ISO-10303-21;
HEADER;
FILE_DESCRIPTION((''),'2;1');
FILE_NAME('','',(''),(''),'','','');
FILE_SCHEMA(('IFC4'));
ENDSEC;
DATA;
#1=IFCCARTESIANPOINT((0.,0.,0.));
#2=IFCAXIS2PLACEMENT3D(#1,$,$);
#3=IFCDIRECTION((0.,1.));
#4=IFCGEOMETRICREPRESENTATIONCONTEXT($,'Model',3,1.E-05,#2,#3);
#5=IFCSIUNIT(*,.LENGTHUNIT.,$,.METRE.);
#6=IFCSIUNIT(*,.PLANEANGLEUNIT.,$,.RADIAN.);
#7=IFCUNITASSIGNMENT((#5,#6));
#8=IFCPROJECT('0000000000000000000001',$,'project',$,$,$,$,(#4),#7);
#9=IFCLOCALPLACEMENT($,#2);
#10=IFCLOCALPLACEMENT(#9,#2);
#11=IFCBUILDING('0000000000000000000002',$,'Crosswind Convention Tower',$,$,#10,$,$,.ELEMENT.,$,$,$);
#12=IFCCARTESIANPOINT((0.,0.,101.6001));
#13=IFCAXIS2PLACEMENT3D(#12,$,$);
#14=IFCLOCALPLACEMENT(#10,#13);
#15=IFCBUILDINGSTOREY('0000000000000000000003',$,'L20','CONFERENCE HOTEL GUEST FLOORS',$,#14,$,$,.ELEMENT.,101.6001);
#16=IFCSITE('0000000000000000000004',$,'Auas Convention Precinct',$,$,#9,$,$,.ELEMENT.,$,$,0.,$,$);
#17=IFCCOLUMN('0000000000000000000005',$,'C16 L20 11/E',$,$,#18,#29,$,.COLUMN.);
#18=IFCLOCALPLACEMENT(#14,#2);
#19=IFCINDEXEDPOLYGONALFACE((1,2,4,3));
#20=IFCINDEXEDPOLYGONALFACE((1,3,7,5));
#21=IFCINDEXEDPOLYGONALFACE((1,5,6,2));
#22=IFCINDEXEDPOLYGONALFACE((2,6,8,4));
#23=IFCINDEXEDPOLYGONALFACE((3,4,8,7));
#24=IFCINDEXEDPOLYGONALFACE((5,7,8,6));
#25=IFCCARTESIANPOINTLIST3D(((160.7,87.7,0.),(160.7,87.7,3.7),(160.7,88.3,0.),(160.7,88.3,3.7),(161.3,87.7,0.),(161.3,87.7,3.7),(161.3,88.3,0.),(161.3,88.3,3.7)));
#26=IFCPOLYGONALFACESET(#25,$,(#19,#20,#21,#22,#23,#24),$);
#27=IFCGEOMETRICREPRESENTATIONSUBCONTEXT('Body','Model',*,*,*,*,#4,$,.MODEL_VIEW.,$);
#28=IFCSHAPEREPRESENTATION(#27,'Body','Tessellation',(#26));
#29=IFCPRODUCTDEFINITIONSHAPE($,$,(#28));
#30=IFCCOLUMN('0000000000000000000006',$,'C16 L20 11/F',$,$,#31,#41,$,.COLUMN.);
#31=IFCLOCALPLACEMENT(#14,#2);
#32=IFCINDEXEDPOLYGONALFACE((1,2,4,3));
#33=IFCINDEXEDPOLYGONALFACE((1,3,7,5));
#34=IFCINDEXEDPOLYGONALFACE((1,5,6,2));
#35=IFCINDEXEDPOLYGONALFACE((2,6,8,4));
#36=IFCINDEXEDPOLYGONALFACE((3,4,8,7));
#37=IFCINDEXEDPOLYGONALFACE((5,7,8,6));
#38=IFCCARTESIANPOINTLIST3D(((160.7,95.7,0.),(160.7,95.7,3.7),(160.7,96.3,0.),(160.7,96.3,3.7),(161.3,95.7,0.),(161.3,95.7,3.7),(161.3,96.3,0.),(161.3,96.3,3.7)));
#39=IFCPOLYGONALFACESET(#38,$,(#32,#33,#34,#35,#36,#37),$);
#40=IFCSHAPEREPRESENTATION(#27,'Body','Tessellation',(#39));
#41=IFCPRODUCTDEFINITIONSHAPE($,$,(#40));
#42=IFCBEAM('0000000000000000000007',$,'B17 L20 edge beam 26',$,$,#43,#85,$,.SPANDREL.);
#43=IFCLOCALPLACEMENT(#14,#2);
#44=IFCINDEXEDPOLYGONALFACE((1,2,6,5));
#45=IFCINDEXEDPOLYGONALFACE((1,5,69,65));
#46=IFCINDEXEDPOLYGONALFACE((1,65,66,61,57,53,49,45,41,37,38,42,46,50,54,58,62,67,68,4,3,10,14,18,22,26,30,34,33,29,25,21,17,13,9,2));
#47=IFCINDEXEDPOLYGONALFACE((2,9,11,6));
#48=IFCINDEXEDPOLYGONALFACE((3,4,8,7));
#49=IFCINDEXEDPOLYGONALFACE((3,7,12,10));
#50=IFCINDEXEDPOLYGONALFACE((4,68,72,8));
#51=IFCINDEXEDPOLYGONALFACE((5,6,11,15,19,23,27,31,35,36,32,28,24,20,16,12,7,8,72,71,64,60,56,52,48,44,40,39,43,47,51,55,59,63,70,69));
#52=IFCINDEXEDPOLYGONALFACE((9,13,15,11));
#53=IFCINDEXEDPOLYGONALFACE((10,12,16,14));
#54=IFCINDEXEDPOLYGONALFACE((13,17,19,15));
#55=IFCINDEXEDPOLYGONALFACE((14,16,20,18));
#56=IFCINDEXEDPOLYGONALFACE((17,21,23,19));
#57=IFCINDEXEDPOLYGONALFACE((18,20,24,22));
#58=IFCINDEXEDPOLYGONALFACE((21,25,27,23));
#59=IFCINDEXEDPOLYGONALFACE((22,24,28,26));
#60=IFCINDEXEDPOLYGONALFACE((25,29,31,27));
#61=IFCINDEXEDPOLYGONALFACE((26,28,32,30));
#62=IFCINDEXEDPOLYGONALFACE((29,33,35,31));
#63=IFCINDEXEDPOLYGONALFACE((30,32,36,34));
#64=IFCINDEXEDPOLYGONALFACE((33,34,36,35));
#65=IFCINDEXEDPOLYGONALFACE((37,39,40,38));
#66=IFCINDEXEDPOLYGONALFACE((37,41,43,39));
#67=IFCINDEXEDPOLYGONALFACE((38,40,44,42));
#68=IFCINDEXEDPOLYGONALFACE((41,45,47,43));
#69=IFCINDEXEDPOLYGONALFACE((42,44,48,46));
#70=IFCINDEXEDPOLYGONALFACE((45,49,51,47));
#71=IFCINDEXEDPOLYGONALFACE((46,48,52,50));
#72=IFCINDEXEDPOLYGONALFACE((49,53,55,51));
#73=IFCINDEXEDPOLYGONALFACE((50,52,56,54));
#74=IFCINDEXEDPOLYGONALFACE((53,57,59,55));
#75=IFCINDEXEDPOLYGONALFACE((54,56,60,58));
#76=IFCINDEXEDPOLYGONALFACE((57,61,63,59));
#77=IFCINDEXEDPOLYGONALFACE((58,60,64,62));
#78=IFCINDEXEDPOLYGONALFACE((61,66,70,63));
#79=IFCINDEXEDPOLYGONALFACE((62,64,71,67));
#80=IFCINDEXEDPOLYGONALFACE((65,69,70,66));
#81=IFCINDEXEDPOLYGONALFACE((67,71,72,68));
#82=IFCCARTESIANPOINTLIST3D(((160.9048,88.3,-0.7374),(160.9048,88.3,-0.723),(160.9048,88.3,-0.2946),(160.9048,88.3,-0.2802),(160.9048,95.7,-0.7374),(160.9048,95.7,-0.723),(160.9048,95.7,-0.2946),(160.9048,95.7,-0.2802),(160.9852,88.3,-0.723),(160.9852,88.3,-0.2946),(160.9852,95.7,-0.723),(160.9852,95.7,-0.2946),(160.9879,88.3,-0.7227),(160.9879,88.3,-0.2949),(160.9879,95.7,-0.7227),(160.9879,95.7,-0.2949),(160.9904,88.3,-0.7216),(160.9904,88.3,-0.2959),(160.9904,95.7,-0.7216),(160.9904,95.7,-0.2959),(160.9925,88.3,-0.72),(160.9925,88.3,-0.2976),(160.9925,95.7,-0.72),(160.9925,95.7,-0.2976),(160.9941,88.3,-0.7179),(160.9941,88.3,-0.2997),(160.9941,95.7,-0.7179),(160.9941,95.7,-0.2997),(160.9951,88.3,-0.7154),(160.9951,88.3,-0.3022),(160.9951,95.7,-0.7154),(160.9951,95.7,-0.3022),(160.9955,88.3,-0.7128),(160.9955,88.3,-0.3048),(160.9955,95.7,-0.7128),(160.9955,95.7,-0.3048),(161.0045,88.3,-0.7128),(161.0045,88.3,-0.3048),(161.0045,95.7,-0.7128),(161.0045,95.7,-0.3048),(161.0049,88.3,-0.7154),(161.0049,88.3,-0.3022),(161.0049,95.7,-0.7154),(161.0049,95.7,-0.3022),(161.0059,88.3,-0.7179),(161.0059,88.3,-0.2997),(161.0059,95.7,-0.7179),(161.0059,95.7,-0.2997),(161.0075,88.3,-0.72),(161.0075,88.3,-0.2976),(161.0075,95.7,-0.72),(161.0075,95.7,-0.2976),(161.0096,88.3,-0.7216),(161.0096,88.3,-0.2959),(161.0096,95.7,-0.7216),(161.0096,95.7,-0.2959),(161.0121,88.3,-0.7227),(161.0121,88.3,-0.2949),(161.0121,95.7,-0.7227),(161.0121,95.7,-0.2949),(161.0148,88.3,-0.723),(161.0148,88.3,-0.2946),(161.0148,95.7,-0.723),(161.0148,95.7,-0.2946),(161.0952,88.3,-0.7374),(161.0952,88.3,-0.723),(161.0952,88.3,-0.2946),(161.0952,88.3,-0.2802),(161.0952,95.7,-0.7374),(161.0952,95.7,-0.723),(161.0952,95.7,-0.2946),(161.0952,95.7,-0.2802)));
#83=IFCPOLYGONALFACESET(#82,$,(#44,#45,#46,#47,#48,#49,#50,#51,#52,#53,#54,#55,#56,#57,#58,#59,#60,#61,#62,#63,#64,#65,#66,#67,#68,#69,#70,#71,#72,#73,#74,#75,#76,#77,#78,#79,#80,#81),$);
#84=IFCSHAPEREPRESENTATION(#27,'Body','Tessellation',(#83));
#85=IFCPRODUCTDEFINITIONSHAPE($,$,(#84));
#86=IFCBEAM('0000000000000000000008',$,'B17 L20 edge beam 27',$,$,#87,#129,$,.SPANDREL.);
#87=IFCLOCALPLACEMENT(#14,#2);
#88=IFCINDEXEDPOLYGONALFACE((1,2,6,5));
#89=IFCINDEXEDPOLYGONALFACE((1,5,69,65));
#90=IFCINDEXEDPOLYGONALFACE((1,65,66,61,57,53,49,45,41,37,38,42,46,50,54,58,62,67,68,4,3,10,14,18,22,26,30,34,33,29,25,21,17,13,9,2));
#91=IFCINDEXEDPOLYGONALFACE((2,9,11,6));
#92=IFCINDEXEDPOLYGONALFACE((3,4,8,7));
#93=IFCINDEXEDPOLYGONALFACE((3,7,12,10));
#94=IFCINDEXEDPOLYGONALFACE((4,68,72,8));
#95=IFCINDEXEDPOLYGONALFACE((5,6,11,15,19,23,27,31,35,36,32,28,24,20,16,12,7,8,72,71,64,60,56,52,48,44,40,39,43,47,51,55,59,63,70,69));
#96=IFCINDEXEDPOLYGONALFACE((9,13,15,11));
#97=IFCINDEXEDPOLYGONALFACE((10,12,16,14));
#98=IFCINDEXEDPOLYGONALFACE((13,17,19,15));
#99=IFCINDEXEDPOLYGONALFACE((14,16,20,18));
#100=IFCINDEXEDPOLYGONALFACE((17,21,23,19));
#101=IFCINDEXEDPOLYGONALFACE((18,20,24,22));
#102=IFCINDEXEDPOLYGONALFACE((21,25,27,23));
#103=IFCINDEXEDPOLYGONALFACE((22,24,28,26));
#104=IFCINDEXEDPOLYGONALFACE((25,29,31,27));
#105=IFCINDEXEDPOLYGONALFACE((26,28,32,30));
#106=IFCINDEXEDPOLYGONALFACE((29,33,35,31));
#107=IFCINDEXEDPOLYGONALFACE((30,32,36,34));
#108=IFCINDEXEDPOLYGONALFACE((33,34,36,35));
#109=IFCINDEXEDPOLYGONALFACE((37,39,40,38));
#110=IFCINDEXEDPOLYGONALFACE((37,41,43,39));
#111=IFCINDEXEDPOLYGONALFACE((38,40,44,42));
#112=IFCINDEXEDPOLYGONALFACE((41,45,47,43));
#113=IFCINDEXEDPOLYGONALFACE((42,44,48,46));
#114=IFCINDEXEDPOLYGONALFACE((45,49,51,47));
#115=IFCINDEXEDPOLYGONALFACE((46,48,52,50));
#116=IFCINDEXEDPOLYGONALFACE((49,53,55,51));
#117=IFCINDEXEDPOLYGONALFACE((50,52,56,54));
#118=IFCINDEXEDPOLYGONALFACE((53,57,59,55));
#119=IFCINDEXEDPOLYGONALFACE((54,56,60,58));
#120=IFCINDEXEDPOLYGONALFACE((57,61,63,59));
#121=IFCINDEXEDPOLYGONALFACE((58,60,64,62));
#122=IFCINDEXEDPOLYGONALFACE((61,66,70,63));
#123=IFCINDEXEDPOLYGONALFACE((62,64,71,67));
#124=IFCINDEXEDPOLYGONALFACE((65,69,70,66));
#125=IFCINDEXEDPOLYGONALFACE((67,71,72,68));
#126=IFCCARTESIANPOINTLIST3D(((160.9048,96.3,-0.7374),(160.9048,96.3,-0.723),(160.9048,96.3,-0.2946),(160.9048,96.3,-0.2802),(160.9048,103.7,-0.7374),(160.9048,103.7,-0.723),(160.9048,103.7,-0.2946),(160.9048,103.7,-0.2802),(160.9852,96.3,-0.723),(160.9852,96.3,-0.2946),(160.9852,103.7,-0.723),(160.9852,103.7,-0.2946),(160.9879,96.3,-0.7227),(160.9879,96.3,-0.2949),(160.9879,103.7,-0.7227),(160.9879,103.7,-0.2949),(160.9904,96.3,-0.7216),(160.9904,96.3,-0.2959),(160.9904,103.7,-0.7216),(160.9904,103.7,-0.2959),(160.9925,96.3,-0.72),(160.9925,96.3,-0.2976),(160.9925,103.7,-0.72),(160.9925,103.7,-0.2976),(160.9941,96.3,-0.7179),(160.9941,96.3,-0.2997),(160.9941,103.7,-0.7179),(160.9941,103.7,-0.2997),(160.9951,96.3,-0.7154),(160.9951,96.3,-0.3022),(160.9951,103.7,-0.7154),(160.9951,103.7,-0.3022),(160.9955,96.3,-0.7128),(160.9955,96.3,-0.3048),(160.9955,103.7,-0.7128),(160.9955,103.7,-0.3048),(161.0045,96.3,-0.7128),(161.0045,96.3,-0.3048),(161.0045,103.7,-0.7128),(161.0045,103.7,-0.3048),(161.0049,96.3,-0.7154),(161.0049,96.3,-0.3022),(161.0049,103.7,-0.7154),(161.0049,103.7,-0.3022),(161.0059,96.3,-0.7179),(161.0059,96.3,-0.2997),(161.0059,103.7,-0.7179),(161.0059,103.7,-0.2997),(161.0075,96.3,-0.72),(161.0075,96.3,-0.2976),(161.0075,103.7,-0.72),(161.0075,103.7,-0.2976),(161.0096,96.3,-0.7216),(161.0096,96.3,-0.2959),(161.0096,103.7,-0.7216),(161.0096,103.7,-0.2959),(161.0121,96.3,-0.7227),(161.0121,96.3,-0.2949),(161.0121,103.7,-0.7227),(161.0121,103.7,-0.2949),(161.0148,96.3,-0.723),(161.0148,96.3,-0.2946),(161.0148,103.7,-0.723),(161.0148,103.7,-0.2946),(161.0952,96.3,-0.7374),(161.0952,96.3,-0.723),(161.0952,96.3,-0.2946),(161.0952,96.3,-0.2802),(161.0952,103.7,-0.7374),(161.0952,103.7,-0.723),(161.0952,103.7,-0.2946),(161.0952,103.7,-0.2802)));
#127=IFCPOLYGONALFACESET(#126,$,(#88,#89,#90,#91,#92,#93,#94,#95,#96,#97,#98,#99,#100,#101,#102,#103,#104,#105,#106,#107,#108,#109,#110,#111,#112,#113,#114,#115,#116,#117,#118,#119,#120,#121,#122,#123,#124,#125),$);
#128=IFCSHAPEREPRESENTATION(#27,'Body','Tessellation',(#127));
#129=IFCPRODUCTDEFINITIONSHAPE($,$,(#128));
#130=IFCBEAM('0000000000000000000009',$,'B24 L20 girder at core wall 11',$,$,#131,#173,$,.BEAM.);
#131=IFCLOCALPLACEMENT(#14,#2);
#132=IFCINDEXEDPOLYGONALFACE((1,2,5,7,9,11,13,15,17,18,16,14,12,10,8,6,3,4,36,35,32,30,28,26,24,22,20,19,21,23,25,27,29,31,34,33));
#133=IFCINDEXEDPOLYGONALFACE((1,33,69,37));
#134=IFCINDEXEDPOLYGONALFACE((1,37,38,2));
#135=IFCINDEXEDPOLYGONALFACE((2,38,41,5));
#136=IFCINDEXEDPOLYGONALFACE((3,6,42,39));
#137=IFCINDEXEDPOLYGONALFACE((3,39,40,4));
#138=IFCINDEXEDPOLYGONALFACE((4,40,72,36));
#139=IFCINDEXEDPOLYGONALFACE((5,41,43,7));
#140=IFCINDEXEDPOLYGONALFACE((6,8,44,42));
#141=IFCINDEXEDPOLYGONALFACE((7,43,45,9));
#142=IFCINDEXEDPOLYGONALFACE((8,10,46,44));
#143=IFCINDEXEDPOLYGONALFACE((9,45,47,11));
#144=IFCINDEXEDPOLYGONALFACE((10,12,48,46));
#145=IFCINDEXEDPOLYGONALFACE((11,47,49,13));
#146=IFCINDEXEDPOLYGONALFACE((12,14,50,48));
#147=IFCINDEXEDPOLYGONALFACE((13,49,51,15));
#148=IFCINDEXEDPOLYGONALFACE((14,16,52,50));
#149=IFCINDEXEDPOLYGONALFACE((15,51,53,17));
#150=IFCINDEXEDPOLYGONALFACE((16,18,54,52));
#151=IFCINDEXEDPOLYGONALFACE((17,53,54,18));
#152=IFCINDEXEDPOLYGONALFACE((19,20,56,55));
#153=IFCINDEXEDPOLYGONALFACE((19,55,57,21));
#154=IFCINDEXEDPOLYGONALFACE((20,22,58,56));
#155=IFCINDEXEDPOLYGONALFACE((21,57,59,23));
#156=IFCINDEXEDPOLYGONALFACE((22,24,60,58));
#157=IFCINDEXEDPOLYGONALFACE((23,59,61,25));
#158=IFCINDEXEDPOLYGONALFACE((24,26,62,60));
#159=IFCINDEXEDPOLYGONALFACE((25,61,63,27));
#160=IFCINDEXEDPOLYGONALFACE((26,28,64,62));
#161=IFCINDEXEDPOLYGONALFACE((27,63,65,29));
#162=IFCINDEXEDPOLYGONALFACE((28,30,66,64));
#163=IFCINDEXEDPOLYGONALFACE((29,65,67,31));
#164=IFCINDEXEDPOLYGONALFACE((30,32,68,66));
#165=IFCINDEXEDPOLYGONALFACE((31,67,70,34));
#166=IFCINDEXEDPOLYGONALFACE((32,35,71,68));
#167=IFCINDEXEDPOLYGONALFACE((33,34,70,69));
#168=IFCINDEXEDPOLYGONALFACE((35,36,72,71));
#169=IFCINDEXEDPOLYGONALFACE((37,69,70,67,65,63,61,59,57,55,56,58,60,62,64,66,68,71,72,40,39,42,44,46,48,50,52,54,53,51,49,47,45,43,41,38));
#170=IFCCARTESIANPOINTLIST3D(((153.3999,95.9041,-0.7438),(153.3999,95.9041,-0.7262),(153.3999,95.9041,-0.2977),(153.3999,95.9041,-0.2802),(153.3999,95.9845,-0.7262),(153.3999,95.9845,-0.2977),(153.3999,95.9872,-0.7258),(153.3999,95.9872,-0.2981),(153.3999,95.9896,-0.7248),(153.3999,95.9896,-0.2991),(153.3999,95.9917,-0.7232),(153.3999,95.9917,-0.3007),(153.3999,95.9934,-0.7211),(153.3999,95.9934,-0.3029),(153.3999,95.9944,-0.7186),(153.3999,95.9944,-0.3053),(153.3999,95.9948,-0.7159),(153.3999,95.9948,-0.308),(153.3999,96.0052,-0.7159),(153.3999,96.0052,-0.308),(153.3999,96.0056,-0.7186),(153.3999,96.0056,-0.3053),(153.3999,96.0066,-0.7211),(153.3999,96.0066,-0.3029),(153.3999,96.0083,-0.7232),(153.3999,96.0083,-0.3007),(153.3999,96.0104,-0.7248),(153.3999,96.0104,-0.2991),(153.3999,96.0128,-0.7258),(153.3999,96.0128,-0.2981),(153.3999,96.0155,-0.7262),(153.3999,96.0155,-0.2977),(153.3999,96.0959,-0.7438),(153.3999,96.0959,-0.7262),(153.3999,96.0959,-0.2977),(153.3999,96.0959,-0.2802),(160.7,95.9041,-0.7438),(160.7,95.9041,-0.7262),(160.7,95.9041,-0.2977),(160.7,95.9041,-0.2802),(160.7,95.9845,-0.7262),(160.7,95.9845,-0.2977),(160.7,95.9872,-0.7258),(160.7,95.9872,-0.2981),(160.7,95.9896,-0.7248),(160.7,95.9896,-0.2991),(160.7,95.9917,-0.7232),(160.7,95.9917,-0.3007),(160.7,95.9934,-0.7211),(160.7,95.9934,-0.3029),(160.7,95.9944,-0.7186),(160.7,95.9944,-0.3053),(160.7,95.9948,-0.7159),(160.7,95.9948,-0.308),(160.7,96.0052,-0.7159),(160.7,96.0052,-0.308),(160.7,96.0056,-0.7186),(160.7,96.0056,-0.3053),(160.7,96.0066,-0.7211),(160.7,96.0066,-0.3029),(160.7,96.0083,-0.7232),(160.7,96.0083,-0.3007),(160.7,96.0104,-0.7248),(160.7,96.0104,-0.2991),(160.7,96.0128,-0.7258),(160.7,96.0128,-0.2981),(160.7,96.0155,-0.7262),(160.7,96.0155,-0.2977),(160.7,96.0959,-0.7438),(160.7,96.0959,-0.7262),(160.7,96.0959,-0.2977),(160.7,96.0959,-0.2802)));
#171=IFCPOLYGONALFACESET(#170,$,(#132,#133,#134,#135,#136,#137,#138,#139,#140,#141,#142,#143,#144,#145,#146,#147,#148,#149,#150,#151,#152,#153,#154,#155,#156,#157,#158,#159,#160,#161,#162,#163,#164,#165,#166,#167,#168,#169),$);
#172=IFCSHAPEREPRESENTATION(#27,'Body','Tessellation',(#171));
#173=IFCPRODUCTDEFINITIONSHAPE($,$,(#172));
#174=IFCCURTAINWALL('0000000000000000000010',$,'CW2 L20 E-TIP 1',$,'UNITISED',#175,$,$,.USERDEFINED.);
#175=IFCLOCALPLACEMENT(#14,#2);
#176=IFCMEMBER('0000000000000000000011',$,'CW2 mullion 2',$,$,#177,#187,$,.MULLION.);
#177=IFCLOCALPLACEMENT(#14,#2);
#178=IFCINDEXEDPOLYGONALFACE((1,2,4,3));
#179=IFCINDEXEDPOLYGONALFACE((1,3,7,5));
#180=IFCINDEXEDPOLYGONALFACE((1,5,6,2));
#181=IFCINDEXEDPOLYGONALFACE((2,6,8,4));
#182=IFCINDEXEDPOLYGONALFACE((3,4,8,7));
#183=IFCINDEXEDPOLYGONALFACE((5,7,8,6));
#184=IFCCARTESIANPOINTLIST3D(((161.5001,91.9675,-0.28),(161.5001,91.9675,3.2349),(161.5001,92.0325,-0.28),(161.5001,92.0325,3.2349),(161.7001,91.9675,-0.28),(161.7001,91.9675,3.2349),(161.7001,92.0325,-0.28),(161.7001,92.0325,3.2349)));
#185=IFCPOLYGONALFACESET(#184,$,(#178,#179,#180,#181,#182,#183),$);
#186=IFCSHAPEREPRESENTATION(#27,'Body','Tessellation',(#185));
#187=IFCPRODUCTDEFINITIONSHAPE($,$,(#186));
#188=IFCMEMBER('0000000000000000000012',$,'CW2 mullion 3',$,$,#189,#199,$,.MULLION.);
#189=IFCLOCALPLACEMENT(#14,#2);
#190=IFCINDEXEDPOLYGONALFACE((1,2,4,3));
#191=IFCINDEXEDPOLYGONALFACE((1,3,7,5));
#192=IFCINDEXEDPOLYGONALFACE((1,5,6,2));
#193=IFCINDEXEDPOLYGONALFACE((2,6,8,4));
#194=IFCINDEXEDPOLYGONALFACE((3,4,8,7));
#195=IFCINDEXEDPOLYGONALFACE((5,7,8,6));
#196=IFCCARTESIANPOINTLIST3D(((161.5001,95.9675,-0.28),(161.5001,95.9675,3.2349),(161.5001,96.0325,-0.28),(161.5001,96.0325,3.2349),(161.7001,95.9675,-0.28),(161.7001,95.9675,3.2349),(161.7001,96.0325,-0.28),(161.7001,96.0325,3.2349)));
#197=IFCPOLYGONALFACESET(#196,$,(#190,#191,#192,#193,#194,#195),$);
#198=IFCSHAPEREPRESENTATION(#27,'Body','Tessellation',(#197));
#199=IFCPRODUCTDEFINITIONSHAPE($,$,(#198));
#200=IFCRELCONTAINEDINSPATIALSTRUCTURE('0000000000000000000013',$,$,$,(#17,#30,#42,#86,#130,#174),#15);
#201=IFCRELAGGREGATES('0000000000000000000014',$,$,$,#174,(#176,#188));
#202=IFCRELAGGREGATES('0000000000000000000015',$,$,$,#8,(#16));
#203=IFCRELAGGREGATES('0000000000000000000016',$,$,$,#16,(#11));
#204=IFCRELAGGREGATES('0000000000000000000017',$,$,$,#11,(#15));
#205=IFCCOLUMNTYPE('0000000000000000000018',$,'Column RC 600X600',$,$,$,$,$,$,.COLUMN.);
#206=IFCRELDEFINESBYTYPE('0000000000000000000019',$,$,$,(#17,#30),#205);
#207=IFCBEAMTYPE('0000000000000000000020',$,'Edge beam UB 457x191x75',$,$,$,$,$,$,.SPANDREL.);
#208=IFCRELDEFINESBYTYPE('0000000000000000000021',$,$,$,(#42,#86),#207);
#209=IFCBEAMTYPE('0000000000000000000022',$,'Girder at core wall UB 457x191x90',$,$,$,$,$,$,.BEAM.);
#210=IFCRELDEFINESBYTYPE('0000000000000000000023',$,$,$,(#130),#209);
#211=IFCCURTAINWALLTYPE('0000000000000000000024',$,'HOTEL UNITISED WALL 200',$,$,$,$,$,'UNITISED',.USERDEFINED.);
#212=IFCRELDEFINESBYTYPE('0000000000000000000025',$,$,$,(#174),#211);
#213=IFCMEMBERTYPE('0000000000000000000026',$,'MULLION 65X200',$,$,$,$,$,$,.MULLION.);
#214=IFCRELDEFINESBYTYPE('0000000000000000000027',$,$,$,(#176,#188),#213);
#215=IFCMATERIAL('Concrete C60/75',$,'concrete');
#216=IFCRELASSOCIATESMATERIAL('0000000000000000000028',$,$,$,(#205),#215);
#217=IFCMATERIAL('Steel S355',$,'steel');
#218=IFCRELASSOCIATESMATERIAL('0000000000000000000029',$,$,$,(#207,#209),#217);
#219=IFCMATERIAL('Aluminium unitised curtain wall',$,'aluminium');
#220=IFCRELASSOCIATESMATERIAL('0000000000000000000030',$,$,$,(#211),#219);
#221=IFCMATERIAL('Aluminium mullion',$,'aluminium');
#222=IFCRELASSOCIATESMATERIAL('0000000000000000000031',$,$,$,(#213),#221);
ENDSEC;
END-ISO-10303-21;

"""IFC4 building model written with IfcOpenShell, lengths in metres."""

from ifc_helpers import new_model, si_unit, direction, frame, origin, origin_2d, place, context, subcontext, project, spatial, rectangle, i_section, extrude, material, material_profile, profile_set, type_object, element, aggregate, save


model = new_model("IFC4")

# Units and contexts
model_context = context("Model", 3, precision=1e-05, world=origin(), true_north=direction((0.0, 1.0)))
body_context = subcontext(model_context, "Body", "Model", "MODEL_VIEW")
ifc_project = project(units=[si_unit("LENGTHUNIT", "METRE"), si_unit("PLANEANGLEUNIT", "RADIAN")], contexts=[model_context])

# Site, building, storey
site_placement = place(None, origin())
site = spatial("IfcSite", under=ifc_project, at=site_placement, Name="Auas Convention Precinct", CompositionType="ELEMENT", RefElevation=0.0)
building_placement = place(site_placement, origin())
building = spatial("IfcBuilding", under=site, at=building_placement, Name="Crosswind Convention Tower", CompositionType="ELEMENT")
storey_placement = place(building_placement, frame((0.0, 0.0, 101.6001)))
storey = spatial("IfcBuildingStorey", under=building, at=storey_placement, Name="L20", Description="CONFERENCE HOTEL GUEST FLOORS", CompositionType="ELEMENT", Elevation=101.6001)

# Columns
ifc_material_1 = material(Name="Concrete C60/75", Category="concrete")
ifc_material_profile_1 = material_profile(ifc_material_1, rectangle(XDim=0.6001, YDim=0.6001, at=origin_2d()), Name="RC 600X600")
ifc_profile_set_1 = profile_set([ifc_material_profile_1], Name="Concrete C60/75")
column_type = type_object("IfcColumnType", Name="Column RC 600X600", PredefinedType="COLUMN", material=ifc_profile_set_1)
for number, where, z_axis, x_axis, name in (
    (1, (161.0, 88.0, 0.0), (0.0, 0.0, 1.0), (1.0, 0.0, 0.0), "C16 L20 11/E"),
    (2, (161.0, 96.0, 0.0), (0.0, 0.0, 1.0), (1.0, 0.0, 0.0), "C16 L20 11/F"),
):
    element("IfcColumn", number, at=place(storey_placement, frame(where, z_axis=z_axis, x_axis=x_axis)), inside=storey, type_object=column_type, Name=name, PredefinedType="COLUMN", context=body_context, shape_type="SweptSolid", body=[
        extrude(rectangle(XDim=0.6001, YDim=0.6001, at=origin_2d()), origin(), (0.0, 0.0, 1.0), 3.7),
    ])

# Beams
ifc_material_2 = material(Name="Steel S355", Category="steel")
ifc_material_profile_2 = material_profile(ifc_material_2, i_section(OverallWidth=0.1904, OverallDepth=0.4573, WebThickness=0.009, FlangeThickness=0.0144, FilletRadius=0.0103, at=origin_2d()), Name="UB 457x191x75")
ifc_profile_set_2 = profile_set([ifc_material_profile_2], Name="Steel S355")
beam_type_1 = type_object("IfcBeamType", Name="Edge beam UB 457x191x75", PredefinedType="SPANDREL", material=ifc_profile_set_2)
for number, where, z_axis, x_axis, name in (
    (3, (161.0, 88.3, -0.5088), (0.0, 1.0, 0.0), (-1.0, 0.0, 0.0), "B17 L20 edge beam 26"),
    (4, (161.0, 96.3, -0.5088), (0.0, 1.0, 0.0), (-1.0, 0.0, 0.0), "B17 L20 edge beam 27"),
):
    element("IfcBeam", number, at=place(storey_placement, frame(where, z_axis=z_axis, x_axis=x_axis)), inside=storey, type_object=beam_type_1, Name=name, PredefinedType="SPANDREL", context=body_context, shape_type="SweptSolid", body=[
        extrude(i_section(OverallWidth=0.1904, OverallDepth=0.4573, WebThickness=0.009, FlangeThickness=0.0144, FilletRadius=0.0103, at=origin_2d()), origin(), (0.0, 0.0, 1.0), 7.3999),
    ])
ifc_material_profile_3 = material_profile(ifc_material_2, i_section(OverallWidth=0.1919, OverallDepth=0.4636, WebThickness=0.0105, FlangeThickness=0.0176, FilletRadius=0.0103, at=origin_2d()), Name="UB 457x191x90")
ifc_profile_set_3 = profile_set([ifc_material_profile_3], Name="Steel S355")
beam_type_2 = type_object("IfcBeamType", Name="Girder at core wall UB 457x191x90", PredefinedType="BEAM", material=ifc_profile_set_3)
beam_1_placement = place(storey_placement, frame((153.3999, 96.0, -0.512), z_axis=(1.0, 0.0, 0.0), x_axis=(0.0, 1.0, 0.0)))
element("IfcBeam", 5, at=beam_1_placement, inside=storey, type_object=beam_type_2, Name="B24 L20 girder at core wall 11", PredefinedType="BEAM", context=body_context, shape_type="SweptSolid", body=[
    extrude(i_section(OverallWidth=0.1919, OverallDepth=0.4636, WebThickness=0.0105, FlangeThickness=0.0176, FilletRadius=0.0103, at=origin_2d()), origin(), (0.0, 0.0, 1.0), 7.3),
])

# Curtain wall, members
ifc_material_3 = material(Name="Aluminium unitised curtain wall", Category="aluminium")
curtain_wall_type = type_object("IfcCurtainWallType", Name="HOTEL UNITISED WALL 200", ElementType="UNITISED", PredefinedType="USERDEFINED", material=ifc_material_3)
curtain_wall_placement = place(storey_placement, origin())
curtain_wall = element("IfcCurtainWall", 6, at=curtain_wall_placement, inside=storey, type_object=curtain_wall_type, Name="CW2 L20 E-TIP 1", ObjectType="UNITISED", PredefinedType="USERDEFINED")
ifc_material_4 = material(Name="Aluminium mullion", Category="aluminium")
ifc_material_profile_4 = material_profile(ifc_material_4, rectangle(XDim=0.2, YDim=0.0649, at=origin_2d()), Name="AL 200X65")
ifc_profile_set_4 = profile_set([ifc_material_profile_4], Name="Aluminium mullion")
member_type = type_object("IfcMemberType", Name="MULLION 65X200", PredefinedType="MULLION", material=ifc_profile_set_4)
member_1_placement = place(storey_placement, frame((161.6001, 92.0, -0.28), z_axis=(0.0, 0.0, 1.0), x_axis=(1.0, 0.0, 0.0)))
member_1 = element("IfcMember", 7, at=member_1_placement, type_object=member_type, Name="CW2 mullion 2", PredefinedType="MULLION", context=body_context, shape_type="SweptSolid", body=[
    extrude(rectangle(XDim=0.2, YDim=0.0649, at=origin_2d()), origin(), (0.0, 0.0, 1.0), 3.5149),
])
member_2_placement = place(storey_placement, frame((161.6001, 96.0, -0.28), z_axis=(0.0, 0.0, 1.0), x_axis=(1.0, 0.0, 0.0)))
member_2 = element("IfcMember", 8, at=member_2_placement, type_object=member_type, Name="CW2 mullion 3", PredefinedType="MULLION", context=body_context, shape_type="SweptSolid", body=[
    extrude(rectangle(XDim=0.2, YDim=0.0649, at=origin_2d()), origin(), (0.0, 0.0, 1.0), 3.5149),
])

aggregate(curtain_wall, [member_1, member_2])

save(model, "model.ifc")
